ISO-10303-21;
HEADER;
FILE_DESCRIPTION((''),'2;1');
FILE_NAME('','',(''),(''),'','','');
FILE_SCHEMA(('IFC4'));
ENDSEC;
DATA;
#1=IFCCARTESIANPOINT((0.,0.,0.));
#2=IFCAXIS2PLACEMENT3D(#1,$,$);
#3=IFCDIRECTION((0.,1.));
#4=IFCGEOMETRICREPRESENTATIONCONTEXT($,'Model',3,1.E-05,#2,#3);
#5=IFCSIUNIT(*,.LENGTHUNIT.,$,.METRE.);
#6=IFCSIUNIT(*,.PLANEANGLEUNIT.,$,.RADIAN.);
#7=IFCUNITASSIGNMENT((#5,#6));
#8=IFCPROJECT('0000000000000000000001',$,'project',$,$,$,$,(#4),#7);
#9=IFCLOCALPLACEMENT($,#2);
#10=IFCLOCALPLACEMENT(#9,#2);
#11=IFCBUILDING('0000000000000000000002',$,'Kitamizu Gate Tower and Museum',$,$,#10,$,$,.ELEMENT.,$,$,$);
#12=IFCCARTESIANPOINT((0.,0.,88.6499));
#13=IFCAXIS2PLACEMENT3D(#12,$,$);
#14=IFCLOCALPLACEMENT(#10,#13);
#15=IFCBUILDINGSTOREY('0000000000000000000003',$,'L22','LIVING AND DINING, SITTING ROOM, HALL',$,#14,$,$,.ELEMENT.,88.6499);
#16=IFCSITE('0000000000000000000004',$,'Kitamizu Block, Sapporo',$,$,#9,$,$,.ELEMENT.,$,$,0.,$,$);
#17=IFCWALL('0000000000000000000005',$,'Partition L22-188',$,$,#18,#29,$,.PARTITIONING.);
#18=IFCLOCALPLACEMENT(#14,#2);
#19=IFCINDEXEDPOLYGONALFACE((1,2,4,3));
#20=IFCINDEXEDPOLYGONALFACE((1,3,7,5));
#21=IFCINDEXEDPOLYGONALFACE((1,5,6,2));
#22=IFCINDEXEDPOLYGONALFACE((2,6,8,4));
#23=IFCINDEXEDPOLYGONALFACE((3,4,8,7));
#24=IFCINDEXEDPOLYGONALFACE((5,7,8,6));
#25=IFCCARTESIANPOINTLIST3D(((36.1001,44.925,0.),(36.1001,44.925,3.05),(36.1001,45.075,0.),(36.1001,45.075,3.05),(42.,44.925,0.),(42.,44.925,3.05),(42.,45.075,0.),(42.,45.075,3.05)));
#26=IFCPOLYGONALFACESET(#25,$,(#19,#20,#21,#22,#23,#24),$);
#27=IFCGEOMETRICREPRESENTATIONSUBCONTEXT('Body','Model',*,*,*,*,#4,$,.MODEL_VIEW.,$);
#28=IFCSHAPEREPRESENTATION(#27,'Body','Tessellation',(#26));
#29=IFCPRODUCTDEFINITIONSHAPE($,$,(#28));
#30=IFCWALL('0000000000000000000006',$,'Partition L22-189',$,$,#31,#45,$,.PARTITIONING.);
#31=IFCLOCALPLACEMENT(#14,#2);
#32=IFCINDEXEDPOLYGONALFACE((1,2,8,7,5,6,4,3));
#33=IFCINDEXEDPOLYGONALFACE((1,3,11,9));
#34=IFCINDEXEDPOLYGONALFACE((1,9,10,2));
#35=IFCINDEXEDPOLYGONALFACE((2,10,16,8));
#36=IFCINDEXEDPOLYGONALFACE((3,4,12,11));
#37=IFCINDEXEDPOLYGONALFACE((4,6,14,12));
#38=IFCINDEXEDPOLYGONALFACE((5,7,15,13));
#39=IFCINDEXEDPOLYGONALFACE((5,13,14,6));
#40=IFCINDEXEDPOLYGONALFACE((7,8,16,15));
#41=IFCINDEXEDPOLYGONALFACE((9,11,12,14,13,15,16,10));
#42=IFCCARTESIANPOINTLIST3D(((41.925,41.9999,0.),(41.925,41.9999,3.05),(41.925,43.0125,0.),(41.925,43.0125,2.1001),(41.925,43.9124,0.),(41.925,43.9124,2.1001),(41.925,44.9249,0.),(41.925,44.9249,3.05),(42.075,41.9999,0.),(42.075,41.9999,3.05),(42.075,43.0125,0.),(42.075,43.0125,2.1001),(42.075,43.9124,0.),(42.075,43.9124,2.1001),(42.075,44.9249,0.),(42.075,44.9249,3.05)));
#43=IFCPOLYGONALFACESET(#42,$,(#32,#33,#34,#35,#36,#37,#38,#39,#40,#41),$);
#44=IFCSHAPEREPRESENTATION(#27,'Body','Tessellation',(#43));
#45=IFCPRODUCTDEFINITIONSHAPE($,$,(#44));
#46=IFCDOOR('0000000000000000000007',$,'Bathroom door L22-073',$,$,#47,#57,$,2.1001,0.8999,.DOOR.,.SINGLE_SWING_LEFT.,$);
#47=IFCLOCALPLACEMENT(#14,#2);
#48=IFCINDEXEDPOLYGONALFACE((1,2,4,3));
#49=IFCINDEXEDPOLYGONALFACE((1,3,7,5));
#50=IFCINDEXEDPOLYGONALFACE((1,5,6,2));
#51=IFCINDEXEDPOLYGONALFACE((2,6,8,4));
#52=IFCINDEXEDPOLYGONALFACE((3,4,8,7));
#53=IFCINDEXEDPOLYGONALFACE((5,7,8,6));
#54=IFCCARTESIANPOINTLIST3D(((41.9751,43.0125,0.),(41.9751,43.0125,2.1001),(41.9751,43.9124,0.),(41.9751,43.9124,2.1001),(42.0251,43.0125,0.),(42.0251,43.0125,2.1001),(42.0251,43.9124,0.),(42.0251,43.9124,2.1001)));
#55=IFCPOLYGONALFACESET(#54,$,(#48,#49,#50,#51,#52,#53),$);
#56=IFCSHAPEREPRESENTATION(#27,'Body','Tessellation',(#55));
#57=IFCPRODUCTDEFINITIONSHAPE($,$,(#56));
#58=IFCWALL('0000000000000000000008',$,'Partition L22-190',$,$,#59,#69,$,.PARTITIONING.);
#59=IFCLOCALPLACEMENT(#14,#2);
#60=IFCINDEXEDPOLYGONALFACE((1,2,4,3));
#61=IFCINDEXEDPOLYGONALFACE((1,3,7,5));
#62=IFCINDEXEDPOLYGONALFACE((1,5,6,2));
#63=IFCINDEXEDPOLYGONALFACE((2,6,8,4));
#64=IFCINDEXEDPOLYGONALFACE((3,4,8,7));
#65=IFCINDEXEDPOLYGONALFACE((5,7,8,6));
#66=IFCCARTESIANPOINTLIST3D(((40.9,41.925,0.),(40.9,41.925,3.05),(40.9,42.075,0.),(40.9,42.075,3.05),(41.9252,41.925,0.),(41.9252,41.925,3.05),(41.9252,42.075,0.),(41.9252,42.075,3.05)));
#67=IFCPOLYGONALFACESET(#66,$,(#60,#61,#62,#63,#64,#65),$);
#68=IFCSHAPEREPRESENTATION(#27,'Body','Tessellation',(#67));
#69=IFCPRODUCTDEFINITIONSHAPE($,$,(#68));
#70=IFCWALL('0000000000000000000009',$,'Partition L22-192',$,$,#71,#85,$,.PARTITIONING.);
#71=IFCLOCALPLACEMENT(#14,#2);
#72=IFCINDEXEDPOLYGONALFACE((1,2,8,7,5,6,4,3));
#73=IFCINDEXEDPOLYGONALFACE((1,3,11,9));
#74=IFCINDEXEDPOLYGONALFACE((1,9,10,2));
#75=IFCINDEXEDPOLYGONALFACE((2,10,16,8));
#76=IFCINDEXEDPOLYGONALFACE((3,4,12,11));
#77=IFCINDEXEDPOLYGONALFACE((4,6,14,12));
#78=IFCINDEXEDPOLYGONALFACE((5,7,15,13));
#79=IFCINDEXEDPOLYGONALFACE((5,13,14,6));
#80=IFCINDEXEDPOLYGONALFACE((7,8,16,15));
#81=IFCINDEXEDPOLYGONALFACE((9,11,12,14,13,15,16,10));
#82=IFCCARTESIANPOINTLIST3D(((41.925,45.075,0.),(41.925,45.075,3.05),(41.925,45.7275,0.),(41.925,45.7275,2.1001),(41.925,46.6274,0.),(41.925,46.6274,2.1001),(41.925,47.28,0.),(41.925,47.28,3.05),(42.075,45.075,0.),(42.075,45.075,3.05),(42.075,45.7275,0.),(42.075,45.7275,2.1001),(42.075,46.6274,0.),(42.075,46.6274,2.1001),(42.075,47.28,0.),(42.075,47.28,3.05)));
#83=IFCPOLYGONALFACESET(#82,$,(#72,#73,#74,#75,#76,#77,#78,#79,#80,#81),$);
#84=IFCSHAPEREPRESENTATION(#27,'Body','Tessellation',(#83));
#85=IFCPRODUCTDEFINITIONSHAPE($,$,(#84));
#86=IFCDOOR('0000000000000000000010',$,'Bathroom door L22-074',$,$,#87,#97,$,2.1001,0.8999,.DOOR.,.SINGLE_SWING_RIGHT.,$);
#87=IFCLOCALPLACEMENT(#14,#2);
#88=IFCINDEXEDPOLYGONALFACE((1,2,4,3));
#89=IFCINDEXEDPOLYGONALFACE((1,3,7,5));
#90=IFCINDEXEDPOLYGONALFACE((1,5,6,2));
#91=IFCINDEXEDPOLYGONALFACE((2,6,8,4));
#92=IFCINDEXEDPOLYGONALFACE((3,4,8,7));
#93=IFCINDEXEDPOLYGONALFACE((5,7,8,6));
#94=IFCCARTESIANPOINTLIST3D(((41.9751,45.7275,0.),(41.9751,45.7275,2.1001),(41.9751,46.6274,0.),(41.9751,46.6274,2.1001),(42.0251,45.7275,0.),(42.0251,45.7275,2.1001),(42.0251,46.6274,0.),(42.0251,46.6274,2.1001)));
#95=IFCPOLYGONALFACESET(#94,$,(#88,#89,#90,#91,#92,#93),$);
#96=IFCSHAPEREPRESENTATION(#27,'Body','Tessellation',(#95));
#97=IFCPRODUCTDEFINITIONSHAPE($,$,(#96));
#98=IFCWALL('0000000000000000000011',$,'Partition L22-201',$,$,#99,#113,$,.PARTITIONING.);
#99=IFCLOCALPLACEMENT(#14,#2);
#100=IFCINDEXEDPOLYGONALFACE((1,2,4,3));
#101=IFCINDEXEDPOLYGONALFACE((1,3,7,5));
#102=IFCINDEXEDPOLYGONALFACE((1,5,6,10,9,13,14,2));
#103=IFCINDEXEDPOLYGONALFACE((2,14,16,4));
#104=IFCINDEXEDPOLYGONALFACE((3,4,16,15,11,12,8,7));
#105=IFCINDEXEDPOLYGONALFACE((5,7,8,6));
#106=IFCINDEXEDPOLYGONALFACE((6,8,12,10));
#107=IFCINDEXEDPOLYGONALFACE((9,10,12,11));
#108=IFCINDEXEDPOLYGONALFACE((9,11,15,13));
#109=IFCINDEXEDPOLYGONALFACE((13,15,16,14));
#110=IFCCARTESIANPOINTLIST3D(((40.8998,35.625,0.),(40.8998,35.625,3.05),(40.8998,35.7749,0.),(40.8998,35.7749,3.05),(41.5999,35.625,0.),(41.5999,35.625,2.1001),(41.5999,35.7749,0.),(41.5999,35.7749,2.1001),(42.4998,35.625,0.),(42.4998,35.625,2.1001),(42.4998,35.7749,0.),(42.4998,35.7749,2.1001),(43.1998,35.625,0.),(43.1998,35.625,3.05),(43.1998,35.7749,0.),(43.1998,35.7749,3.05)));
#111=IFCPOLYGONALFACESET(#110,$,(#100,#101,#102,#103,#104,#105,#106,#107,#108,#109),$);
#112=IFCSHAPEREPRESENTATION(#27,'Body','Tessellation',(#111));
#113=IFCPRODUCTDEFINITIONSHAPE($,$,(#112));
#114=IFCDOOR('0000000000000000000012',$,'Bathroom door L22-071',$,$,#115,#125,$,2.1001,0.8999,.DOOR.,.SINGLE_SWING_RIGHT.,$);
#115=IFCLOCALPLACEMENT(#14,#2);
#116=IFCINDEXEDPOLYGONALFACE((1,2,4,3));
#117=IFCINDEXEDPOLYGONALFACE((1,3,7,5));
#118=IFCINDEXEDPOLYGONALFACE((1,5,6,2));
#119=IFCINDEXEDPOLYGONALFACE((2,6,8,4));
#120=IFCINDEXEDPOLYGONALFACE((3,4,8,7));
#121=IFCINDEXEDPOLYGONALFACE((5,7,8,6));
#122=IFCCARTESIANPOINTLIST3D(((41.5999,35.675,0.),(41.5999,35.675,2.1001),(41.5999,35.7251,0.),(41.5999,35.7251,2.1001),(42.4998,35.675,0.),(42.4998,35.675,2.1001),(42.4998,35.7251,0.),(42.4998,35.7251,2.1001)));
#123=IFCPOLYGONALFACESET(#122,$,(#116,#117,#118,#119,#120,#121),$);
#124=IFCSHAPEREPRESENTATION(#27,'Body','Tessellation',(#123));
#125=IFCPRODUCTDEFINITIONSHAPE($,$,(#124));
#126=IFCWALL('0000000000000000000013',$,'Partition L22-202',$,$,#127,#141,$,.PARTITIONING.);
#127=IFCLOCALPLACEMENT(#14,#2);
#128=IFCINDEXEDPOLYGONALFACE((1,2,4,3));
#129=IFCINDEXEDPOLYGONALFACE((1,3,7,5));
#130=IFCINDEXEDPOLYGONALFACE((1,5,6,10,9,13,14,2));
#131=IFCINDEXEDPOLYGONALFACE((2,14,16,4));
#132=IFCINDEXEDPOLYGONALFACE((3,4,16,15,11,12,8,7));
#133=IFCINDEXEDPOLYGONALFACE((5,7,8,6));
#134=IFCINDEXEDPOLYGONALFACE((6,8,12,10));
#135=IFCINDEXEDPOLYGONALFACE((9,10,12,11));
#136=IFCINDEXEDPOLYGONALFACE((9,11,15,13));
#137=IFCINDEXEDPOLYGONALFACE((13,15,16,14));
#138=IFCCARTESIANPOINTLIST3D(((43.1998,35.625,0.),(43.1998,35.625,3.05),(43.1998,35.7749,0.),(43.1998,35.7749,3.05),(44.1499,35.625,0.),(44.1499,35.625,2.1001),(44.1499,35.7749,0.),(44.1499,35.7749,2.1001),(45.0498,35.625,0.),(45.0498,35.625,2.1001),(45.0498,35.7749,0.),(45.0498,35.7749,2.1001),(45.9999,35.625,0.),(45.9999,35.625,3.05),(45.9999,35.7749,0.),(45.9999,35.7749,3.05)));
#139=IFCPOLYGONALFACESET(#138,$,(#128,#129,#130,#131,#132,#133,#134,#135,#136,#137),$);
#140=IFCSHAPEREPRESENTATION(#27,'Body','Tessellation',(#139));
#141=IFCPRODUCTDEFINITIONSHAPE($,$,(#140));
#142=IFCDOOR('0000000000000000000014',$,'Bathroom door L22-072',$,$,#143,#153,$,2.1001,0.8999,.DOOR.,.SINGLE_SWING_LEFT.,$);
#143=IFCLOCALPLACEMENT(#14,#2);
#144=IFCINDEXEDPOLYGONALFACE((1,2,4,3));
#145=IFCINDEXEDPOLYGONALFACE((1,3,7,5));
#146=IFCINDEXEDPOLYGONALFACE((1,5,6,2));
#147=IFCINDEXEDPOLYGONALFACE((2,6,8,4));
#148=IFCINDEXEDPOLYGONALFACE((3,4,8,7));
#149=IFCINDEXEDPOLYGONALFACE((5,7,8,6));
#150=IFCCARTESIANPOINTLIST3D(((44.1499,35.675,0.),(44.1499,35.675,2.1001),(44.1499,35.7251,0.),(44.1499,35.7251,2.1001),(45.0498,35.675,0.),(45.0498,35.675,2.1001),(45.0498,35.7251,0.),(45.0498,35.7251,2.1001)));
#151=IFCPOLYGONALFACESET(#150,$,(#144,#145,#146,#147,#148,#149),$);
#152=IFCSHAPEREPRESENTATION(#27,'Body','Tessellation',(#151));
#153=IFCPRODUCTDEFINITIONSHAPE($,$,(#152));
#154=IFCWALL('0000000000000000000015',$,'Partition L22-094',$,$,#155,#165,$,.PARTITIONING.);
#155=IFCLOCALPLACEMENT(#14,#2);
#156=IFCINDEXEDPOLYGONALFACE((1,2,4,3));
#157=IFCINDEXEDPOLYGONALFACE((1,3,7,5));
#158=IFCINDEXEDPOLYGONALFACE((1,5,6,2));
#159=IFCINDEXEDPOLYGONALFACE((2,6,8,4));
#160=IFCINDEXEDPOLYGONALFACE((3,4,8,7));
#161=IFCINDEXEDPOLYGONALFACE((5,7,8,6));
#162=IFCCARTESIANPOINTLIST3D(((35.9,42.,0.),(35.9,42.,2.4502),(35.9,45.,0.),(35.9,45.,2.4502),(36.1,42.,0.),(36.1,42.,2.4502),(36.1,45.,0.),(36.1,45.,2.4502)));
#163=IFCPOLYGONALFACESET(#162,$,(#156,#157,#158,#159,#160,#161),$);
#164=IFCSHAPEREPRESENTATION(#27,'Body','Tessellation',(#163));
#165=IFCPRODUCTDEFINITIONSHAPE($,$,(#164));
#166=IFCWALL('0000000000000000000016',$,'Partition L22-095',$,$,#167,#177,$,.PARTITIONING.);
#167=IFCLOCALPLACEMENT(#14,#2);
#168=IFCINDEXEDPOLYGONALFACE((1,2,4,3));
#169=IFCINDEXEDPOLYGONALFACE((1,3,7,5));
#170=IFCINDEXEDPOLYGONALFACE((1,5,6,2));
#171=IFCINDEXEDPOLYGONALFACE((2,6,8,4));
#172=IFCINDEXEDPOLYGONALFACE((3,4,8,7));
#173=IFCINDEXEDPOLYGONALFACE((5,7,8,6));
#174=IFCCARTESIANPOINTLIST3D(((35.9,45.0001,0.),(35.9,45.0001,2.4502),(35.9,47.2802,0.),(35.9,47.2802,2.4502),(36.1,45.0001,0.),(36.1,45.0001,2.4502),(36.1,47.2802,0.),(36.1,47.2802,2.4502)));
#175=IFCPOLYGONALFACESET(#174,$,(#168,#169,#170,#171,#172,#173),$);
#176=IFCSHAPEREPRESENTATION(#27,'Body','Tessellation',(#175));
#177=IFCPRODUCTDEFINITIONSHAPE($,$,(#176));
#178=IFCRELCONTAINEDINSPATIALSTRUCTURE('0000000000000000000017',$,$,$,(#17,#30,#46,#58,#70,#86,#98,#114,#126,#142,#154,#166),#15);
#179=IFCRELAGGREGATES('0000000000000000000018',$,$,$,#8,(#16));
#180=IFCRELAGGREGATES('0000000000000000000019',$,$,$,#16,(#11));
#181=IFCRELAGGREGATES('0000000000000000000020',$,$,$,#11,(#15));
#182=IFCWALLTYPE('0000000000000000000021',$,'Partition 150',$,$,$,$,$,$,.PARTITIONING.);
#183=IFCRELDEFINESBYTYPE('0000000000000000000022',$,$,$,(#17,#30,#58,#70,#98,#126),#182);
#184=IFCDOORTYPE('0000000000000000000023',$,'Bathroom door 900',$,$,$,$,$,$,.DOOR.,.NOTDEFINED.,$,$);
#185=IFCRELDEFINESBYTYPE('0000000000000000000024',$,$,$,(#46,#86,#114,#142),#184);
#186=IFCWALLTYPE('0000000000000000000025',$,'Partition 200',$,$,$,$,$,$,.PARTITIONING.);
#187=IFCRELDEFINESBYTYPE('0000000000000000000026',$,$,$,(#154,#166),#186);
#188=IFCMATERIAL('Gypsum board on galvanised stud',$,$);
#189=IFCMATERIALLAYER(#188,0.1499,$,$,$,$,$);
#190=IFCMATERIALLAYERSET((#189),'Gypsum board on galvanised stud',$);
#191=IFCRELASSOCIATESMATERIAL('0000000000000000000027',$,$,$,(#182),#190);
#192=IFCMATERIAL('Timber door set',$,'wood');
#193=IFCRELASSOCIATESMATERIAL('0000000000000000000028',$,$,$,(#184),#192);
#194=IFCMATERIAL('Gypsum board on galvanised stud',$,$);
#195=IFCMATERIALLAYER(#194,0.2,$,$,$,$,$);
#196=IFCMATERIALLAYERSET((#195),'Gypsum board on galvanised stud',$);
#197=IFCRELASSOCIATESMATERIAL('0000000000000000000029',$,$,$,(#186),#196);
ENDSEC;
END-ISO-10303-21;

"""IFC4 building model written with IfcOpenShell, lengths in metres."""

from ifc_helpers import new_model, si_unit, direction, frame, frame_2d, origin, place, context, subcontext, project, spatial, rectangle, extrude, material, layer, layer_set, type_object, element, fill, save


model = new_model("IFC4")

# Units and contexts
model_context = context("Model", 3, precision=1e-05, world=origin(), true_north=direction((0.0, 1.0)))
body_context = subcontext(model_context, "Body", "Model", "MODEL_VIEW")
ifc_project = project(units=[si_unit("LENGTHUNIT", "METRE"), si_unit("PLANEANGLEUNIT", "RADIAN")], contexts=[model_context])

# Site, building, storey
site_placement = place(None, origin())
site = spatial("IfcSite", under=ifc_project, at=site_placement, Name="Kitamizu Block, Sapporo", CompositionType="ELEMENT", RefElevation=0.0)
building_placement = place(site_placement, origin())
building = spatial("IfcBuilding", under=site, at=building_placement, Name="Kitamizu Gate Tower and Museum", CompositionType="ELEMENT")
storey_placement = place(building_placement, frame((0.0, 0.0, 88.6499)))
storey = spatial("IfcBuildingStorey", under=building, at=storey_placement, Name="L22", Description="LIVING AND DINING, SITTING ROOM, HALL", CompositionType="ELEMENT", Elevation=88.6499)

# Wall
ifc_material_1 = material(Name="Gypsum board on galvanised stud")
ifc_layer_1 = layer(ifc_material_1, 0.1499)
ifc_layer_set_1 = layer_set([ifc_layer_1], Name="Gypsum board on galvanised stud")
wall_type_1 = type_object("IfcWallType", Name="Partition 150", PredefinedType="PARTITIONING", material=ifc_layer_set_1)
wall_1_placement = place(storey_placement, frame((42.0, 45.0, 0.0), z_axis=(0.0, 0.0, 1.0), x_axis=(-1.0, 0.0, 0.0)))
element("IfcWall", 1, at=wall_1_placement, inside=storey, type_object=wall_type_1, Name="Partition L22-188", PredefinedType="PARTITIONING", context=body_context, shape_type="SweptSolid", body=[
    extrude(rectangle(XDim=5.8999, YDim=0.1499, at=frame_2d((2.95, 0.0))), origin(), (0.0, 0.0, 1.0), 3.05),
])

# Wall, opening, door
wall_2_placement = place(storey_placement, frame((42.0, 42.0, 0.0), z_axis=(0.0, 0.0, 1.0), x_axis=(0.0, 1.0, 0.0)))
wall_2 = element("IfcWall", 2, at=wall_2_placement, inside=storey, type_object=wall_type_1, Name="Partition L22-189", PredefinedType="PARTITIONING", context=body_context, shape_type="SweptSolid", body=[
    extrude(rectangle(XDim=2.925, YDim=0.1499, at=frame_2d((1.4624, 0.0))), origin(), (0.0, 0.0, 1.0), 3.05),
])
opening_1_placement = place(wall_2_placement, frame((1.0125, 0.0, 0.0)))
opening_1 = element("IfcOpeningElement", 3, at=opening_1_placement, cuts=wall_2, PredefinedType="OPENING", context=body_context, shape_type="SweptSolid", body=[
    extrude(rectangle(XDim=0.8999, YDim=2.1001, at=frame_2d((0.45, 1.05))), frame((0.0, 0.085, 0.0), z_axis=(0.0, -1.0, 0.0), x_axis=(1.0, 0.0, 0.0)), (0.0, 0.0, 1.0), 0.1699),
])
ifc_material_2 = material(Name="Timber door set", Category="wood")
door_type_1 = type_object("IfcDoorType", Name="Bathroom door 900", OperationType="NOTDEFINED", PredefinedType="DOOR", material=ifc_material_2)
door_1_placement = place(opening_1_placement, origin())
door_1 = element("IfcDoor", 4, at=door_1_placement, inside=storey, type_object=door_type_1, Name="Bathroom door L22-073", OperationType="SINGLE_SWING_LEFT", OverallHeight=2.1001, OverallWidth=0.8999, PredefinedType="DOOR", context=body_context, shape_type="SweptSolid", body=[
    extrude(rectangle(XDim=0.8999, YDim=2.1001, at=frame_2d((0.45, 1.05))), frame((0.0, 0.0249, 0.0), z_axis=(0.0, -1.0, 0.0), x_axis=(1.0, 0.0, 0.0)), (0.0, 0.0, 1.0), 0.05),
])
fill(opening_1, door_1)

# Wall
wall_3_placement = place(storey_placement, frame((40.8999, 42.0, 0.0), z_axis=(0.0, 0.0, 1.0), x_axis=(1.0, 0.0, 0.0)))
element("IfcWall", 5, at=wall_3_placement, inside=storey, type_object=wall_type_1, Name="Partition L22-190", PredefinedType="PARTITIONING", context=body_context, shape_type="SweptSolid", body=[
    extrude(rectangle(XDim=1.0251, YDim=0.1499, at=frame_2d((0.5127, 0.0))), origin(), (0.0, 0.0, 1.0), 3.05),
])

# Walls, openings, doors
wall_4_placement = place(storey_placement, frame((42.0, 45.075, 0.0), z_axis=(0.0, 0.0, 1.0), x_axis=(0.0, 1.0, 0.0)))
wall_4 = element("IfcWall", 6, at=wall_4_placement, inside=storey, type_object=wall_type_1, Name="Partition L22-192", PredefinedType="PARTITIONING", context=body_context, shape_type="SweptSolid", body=[
    extrude(rectangle(XDim=2.2051, YDim=0.1499, at=frame_2d((1.1025, 0.0))), origin(), (0.0, 0.0, 1.0), 3.05),
])
opening_2_placement = place(wall_4_placement, frame((0.6526, 0.0, 0.0)))
opening_2 = element("IfcOpeningElement", 7, at=opening_2_placement, cuts=wall_4, PredefinedType="OPENING", context=body_context, shape_type="SweptSolid", body=[
    extrude(rectangle(XDim=0.8999, YDim=2.1001, at=frame_2d((0.45, 1.05))), frame((0.0, 0.085, 0.0), z_axis=(0.0, -1.0, 0.0), x_axis=(1.0, 0.0, 0.0)), (0.0, 0.0, 1.0), 0.1699),
])
door_2_placement = place(opening_2_placement, origin())
door_2 = element("IfcDoor", 8, at=door_2_placement, inside=storey, type_object=door_type_1, Name="Bathroom door L22-074", OperationType="SINGLE_SWING_RIGHT", OverallHeight=2.1001, OverallWidth=0.8999, PredefinedType="DOOR", context=body_context, shape_type="SweptSolid", body=[
    extrude(rectangle(XDim=0.8999, YDim=2.1001, at=frame_2d((0.45, 1.05))), frame((0.0, 0.0249, 0.0), z_axis=(0.0, -1.0, 0.0), x_axis=(1.0, 0.0, 0.0)), (0.0, 0.0, 1.0), 0.05),
])
fill(opening_2, door_2)
wall_5_placement = place(storey_placement, frame((40.8999, 35.7, 0.0), z_axis=(0.0, 0.0, 1.0), x_axis=(1.0, 0.0, 0.0)))
wall_5 = element("IfcWall", 9, at=wall_5_placement, inside=storey, type_object=wall_type_1, Name="Partition L22-201", PredefinedType="PARTITIONING", context=body_context, shape_type="SweptSolid", body=[
    extrude(rectangle(XDim=2.3, YDim=0.1499, at=frame_2d((1.1499, 0.0))), origin(), (0.0, 0.0, 1.0), 3.05),
])
opening_3_placement = place(wall_5_placement, frame((0.7, 0.0, 0.0)))
opening_3 = element("IfcOpeningElement", 10, at=opening_3_placement, cuts=wall_5, PredefinedType="OPENING", context=body_context, shape_type="SweptSolid", body=[
    extrude(rectangle(XDim=0.8999, YDim=2.1001, at=frame_2d((0.45, 1.05))), frame((0.0, 0.085, 0.0), z_axis=(0.0, -1.0, 0.0), x_axis=(1.0, 0.0, 0.0)), (0.0, 0.0, 1.0), 0.1699),
])
door_3_placement = place(opening_3_placement, frame((0.8999, 0.0, 0.0), x_axis=(-1.0, 0.0, 0.0)))
door_3 = element("IfcDoor", 11, at=door_3_placement, inside=storey, type_object=door_type_1, Name="Bathroom door L22-071", OperationType="SINGLE_SWING_RIGHT", OverallHeight=2.1001, OverallWidth=0.8999, PredefinedType="DOOR", context=body_context, shape_type="SweptSolid", body=[
    extrude(rectangle(XDim=0.8999, YDim=2.1001, at=frame_2d((0.45, 1.05))), frame((0.0, 0.0249, 0.0), z_axis=(0.0, -1.0, 0.0), x_axis=(1.0, 0.0, 0.0)), (0.0, 0.0, 1.0), 0.05),
])
fill(opening_3, door_3)
wall_6_placement = place(storey_placement, frame((43.2, 35.7, 0.0), z_axis=(0.0, 0.0, 1.0), x_axis=(1.0, 0.0, 0.0)))
wall_6 = element("IfcWall", 12, at=wall_6_placement, inside=storey, type_object=wall_type_1, Name="Partition L22-202", PredefinedType="PARTITIONING", context=body_context, shape_type="SweptSolid", body=[
    extrude(rectangle(XDim=2.8, YDim=0.1499, at=frame_2d((1.3999, 0.0))), origin(), (0.0, 0.0, 1.0), 3.05),
])
opening_4_placement = place(wall_6_placement, frame((0.95, 0.0, 0.0)))
opening_4 = element("IfcOpeningElement", 13, at=opening_4_placement, cuts=wall_6, PredefinedType="OPENING", context=body_context, shape_type="SweptSolid", body=[
    extrude(rectangle(XDim=0.8999, YDim=2.1001, at=frame_2d((0.45, 1.05))), frame((0.0, 0.085, 0.0), z_axis=(0.0, -1.0, 0.0), x_axis=(1.0, 0.0, 0.0)), (0.0, 0.0, 1.0), 0.1699),
])
door_4_placement = place(opening_4_placement, frame((0.8999, 0.0, 0.0), x_axis=(-1.0, 0.0, 0.0)))
door_4 = element("IfcDoor", 14, at=door_4_placement, inside=storey, type_object=door_type_1, Name="Bathroom door L22-072", OperationType="SINGLE_SWING_LEFT", OverallHeight=2.1001, OverallWidth=0.8999, PredefinedType="DOOR", context=body_context, shape_type="SweptSolid", body=[
    extrude(rectangle(XDim=0.8999, YDim=2.1001, at=frame_2d((0.45, 1.05))), frame((0.0, 0.0249, 0.0), z_axis=(0.0, -1.0, 0.0), x_axis=(1.0, 0.0, 0.0)), (0.0, 0.0, 1.0), 0.05),
])
fill(opening_4, door_4)

# Walls
ifc_material_3 = material(Name="Gypsum board on galvanised stud")
ifc_layer_2 = layer(ifc_material_3, 0.2)
ifc_layer_set_2 = layer_set([ifc_layer_2], Name="Gypsum board on galvanised stud")
wall_type_2 = type_object("IfcWallType", Name="Partition 200", PredefinedType="PARTITIONING", material=ifc_layer_set_2)
wall_7_placement = place(storey_placement, frame((36.0, 42.0, 0.0), z_axis=(0.0, 0.0, 1.0), x_axis=(0.0, 1.0, 0.0)))
element("IfcWall", 15, at=wall_7_placement, inside=storey, type_object=wall_type_2, Name="Partition L22-094", PredefinedType="PARTITIONING", context=body_context, shape_type="SweptSolid", body=[
    extrude(rectangle(XDim=3.0, YDim=0.2, at=frame_2d((1.5, 0.0))), origin(), (0.0, 0.0, 1.0), 2.4502),
])
wall_8_placement = place(storey_placement, frame((36.0, 45.0, 0.0), z_axis=(0.0, 0.0, 1.0), x_axis=(0.0, 1.0, 0.0)))
element("IfcWall", 16, at=wall_8_placement, inside=storey, type_object=wall_type_2, Name="Partition L22-095", PredefinedType="PARTITIONING", context=body_context, shape_type="SweptSolid", body=[
    extrude(rectangle(XDim=2.28, YDim=0.2, at=frame_2d((1.1401, 0.0))), origin(), (0.0, 0.0, 1.0), 2.4502),
])

save(model, "model.ifc")
